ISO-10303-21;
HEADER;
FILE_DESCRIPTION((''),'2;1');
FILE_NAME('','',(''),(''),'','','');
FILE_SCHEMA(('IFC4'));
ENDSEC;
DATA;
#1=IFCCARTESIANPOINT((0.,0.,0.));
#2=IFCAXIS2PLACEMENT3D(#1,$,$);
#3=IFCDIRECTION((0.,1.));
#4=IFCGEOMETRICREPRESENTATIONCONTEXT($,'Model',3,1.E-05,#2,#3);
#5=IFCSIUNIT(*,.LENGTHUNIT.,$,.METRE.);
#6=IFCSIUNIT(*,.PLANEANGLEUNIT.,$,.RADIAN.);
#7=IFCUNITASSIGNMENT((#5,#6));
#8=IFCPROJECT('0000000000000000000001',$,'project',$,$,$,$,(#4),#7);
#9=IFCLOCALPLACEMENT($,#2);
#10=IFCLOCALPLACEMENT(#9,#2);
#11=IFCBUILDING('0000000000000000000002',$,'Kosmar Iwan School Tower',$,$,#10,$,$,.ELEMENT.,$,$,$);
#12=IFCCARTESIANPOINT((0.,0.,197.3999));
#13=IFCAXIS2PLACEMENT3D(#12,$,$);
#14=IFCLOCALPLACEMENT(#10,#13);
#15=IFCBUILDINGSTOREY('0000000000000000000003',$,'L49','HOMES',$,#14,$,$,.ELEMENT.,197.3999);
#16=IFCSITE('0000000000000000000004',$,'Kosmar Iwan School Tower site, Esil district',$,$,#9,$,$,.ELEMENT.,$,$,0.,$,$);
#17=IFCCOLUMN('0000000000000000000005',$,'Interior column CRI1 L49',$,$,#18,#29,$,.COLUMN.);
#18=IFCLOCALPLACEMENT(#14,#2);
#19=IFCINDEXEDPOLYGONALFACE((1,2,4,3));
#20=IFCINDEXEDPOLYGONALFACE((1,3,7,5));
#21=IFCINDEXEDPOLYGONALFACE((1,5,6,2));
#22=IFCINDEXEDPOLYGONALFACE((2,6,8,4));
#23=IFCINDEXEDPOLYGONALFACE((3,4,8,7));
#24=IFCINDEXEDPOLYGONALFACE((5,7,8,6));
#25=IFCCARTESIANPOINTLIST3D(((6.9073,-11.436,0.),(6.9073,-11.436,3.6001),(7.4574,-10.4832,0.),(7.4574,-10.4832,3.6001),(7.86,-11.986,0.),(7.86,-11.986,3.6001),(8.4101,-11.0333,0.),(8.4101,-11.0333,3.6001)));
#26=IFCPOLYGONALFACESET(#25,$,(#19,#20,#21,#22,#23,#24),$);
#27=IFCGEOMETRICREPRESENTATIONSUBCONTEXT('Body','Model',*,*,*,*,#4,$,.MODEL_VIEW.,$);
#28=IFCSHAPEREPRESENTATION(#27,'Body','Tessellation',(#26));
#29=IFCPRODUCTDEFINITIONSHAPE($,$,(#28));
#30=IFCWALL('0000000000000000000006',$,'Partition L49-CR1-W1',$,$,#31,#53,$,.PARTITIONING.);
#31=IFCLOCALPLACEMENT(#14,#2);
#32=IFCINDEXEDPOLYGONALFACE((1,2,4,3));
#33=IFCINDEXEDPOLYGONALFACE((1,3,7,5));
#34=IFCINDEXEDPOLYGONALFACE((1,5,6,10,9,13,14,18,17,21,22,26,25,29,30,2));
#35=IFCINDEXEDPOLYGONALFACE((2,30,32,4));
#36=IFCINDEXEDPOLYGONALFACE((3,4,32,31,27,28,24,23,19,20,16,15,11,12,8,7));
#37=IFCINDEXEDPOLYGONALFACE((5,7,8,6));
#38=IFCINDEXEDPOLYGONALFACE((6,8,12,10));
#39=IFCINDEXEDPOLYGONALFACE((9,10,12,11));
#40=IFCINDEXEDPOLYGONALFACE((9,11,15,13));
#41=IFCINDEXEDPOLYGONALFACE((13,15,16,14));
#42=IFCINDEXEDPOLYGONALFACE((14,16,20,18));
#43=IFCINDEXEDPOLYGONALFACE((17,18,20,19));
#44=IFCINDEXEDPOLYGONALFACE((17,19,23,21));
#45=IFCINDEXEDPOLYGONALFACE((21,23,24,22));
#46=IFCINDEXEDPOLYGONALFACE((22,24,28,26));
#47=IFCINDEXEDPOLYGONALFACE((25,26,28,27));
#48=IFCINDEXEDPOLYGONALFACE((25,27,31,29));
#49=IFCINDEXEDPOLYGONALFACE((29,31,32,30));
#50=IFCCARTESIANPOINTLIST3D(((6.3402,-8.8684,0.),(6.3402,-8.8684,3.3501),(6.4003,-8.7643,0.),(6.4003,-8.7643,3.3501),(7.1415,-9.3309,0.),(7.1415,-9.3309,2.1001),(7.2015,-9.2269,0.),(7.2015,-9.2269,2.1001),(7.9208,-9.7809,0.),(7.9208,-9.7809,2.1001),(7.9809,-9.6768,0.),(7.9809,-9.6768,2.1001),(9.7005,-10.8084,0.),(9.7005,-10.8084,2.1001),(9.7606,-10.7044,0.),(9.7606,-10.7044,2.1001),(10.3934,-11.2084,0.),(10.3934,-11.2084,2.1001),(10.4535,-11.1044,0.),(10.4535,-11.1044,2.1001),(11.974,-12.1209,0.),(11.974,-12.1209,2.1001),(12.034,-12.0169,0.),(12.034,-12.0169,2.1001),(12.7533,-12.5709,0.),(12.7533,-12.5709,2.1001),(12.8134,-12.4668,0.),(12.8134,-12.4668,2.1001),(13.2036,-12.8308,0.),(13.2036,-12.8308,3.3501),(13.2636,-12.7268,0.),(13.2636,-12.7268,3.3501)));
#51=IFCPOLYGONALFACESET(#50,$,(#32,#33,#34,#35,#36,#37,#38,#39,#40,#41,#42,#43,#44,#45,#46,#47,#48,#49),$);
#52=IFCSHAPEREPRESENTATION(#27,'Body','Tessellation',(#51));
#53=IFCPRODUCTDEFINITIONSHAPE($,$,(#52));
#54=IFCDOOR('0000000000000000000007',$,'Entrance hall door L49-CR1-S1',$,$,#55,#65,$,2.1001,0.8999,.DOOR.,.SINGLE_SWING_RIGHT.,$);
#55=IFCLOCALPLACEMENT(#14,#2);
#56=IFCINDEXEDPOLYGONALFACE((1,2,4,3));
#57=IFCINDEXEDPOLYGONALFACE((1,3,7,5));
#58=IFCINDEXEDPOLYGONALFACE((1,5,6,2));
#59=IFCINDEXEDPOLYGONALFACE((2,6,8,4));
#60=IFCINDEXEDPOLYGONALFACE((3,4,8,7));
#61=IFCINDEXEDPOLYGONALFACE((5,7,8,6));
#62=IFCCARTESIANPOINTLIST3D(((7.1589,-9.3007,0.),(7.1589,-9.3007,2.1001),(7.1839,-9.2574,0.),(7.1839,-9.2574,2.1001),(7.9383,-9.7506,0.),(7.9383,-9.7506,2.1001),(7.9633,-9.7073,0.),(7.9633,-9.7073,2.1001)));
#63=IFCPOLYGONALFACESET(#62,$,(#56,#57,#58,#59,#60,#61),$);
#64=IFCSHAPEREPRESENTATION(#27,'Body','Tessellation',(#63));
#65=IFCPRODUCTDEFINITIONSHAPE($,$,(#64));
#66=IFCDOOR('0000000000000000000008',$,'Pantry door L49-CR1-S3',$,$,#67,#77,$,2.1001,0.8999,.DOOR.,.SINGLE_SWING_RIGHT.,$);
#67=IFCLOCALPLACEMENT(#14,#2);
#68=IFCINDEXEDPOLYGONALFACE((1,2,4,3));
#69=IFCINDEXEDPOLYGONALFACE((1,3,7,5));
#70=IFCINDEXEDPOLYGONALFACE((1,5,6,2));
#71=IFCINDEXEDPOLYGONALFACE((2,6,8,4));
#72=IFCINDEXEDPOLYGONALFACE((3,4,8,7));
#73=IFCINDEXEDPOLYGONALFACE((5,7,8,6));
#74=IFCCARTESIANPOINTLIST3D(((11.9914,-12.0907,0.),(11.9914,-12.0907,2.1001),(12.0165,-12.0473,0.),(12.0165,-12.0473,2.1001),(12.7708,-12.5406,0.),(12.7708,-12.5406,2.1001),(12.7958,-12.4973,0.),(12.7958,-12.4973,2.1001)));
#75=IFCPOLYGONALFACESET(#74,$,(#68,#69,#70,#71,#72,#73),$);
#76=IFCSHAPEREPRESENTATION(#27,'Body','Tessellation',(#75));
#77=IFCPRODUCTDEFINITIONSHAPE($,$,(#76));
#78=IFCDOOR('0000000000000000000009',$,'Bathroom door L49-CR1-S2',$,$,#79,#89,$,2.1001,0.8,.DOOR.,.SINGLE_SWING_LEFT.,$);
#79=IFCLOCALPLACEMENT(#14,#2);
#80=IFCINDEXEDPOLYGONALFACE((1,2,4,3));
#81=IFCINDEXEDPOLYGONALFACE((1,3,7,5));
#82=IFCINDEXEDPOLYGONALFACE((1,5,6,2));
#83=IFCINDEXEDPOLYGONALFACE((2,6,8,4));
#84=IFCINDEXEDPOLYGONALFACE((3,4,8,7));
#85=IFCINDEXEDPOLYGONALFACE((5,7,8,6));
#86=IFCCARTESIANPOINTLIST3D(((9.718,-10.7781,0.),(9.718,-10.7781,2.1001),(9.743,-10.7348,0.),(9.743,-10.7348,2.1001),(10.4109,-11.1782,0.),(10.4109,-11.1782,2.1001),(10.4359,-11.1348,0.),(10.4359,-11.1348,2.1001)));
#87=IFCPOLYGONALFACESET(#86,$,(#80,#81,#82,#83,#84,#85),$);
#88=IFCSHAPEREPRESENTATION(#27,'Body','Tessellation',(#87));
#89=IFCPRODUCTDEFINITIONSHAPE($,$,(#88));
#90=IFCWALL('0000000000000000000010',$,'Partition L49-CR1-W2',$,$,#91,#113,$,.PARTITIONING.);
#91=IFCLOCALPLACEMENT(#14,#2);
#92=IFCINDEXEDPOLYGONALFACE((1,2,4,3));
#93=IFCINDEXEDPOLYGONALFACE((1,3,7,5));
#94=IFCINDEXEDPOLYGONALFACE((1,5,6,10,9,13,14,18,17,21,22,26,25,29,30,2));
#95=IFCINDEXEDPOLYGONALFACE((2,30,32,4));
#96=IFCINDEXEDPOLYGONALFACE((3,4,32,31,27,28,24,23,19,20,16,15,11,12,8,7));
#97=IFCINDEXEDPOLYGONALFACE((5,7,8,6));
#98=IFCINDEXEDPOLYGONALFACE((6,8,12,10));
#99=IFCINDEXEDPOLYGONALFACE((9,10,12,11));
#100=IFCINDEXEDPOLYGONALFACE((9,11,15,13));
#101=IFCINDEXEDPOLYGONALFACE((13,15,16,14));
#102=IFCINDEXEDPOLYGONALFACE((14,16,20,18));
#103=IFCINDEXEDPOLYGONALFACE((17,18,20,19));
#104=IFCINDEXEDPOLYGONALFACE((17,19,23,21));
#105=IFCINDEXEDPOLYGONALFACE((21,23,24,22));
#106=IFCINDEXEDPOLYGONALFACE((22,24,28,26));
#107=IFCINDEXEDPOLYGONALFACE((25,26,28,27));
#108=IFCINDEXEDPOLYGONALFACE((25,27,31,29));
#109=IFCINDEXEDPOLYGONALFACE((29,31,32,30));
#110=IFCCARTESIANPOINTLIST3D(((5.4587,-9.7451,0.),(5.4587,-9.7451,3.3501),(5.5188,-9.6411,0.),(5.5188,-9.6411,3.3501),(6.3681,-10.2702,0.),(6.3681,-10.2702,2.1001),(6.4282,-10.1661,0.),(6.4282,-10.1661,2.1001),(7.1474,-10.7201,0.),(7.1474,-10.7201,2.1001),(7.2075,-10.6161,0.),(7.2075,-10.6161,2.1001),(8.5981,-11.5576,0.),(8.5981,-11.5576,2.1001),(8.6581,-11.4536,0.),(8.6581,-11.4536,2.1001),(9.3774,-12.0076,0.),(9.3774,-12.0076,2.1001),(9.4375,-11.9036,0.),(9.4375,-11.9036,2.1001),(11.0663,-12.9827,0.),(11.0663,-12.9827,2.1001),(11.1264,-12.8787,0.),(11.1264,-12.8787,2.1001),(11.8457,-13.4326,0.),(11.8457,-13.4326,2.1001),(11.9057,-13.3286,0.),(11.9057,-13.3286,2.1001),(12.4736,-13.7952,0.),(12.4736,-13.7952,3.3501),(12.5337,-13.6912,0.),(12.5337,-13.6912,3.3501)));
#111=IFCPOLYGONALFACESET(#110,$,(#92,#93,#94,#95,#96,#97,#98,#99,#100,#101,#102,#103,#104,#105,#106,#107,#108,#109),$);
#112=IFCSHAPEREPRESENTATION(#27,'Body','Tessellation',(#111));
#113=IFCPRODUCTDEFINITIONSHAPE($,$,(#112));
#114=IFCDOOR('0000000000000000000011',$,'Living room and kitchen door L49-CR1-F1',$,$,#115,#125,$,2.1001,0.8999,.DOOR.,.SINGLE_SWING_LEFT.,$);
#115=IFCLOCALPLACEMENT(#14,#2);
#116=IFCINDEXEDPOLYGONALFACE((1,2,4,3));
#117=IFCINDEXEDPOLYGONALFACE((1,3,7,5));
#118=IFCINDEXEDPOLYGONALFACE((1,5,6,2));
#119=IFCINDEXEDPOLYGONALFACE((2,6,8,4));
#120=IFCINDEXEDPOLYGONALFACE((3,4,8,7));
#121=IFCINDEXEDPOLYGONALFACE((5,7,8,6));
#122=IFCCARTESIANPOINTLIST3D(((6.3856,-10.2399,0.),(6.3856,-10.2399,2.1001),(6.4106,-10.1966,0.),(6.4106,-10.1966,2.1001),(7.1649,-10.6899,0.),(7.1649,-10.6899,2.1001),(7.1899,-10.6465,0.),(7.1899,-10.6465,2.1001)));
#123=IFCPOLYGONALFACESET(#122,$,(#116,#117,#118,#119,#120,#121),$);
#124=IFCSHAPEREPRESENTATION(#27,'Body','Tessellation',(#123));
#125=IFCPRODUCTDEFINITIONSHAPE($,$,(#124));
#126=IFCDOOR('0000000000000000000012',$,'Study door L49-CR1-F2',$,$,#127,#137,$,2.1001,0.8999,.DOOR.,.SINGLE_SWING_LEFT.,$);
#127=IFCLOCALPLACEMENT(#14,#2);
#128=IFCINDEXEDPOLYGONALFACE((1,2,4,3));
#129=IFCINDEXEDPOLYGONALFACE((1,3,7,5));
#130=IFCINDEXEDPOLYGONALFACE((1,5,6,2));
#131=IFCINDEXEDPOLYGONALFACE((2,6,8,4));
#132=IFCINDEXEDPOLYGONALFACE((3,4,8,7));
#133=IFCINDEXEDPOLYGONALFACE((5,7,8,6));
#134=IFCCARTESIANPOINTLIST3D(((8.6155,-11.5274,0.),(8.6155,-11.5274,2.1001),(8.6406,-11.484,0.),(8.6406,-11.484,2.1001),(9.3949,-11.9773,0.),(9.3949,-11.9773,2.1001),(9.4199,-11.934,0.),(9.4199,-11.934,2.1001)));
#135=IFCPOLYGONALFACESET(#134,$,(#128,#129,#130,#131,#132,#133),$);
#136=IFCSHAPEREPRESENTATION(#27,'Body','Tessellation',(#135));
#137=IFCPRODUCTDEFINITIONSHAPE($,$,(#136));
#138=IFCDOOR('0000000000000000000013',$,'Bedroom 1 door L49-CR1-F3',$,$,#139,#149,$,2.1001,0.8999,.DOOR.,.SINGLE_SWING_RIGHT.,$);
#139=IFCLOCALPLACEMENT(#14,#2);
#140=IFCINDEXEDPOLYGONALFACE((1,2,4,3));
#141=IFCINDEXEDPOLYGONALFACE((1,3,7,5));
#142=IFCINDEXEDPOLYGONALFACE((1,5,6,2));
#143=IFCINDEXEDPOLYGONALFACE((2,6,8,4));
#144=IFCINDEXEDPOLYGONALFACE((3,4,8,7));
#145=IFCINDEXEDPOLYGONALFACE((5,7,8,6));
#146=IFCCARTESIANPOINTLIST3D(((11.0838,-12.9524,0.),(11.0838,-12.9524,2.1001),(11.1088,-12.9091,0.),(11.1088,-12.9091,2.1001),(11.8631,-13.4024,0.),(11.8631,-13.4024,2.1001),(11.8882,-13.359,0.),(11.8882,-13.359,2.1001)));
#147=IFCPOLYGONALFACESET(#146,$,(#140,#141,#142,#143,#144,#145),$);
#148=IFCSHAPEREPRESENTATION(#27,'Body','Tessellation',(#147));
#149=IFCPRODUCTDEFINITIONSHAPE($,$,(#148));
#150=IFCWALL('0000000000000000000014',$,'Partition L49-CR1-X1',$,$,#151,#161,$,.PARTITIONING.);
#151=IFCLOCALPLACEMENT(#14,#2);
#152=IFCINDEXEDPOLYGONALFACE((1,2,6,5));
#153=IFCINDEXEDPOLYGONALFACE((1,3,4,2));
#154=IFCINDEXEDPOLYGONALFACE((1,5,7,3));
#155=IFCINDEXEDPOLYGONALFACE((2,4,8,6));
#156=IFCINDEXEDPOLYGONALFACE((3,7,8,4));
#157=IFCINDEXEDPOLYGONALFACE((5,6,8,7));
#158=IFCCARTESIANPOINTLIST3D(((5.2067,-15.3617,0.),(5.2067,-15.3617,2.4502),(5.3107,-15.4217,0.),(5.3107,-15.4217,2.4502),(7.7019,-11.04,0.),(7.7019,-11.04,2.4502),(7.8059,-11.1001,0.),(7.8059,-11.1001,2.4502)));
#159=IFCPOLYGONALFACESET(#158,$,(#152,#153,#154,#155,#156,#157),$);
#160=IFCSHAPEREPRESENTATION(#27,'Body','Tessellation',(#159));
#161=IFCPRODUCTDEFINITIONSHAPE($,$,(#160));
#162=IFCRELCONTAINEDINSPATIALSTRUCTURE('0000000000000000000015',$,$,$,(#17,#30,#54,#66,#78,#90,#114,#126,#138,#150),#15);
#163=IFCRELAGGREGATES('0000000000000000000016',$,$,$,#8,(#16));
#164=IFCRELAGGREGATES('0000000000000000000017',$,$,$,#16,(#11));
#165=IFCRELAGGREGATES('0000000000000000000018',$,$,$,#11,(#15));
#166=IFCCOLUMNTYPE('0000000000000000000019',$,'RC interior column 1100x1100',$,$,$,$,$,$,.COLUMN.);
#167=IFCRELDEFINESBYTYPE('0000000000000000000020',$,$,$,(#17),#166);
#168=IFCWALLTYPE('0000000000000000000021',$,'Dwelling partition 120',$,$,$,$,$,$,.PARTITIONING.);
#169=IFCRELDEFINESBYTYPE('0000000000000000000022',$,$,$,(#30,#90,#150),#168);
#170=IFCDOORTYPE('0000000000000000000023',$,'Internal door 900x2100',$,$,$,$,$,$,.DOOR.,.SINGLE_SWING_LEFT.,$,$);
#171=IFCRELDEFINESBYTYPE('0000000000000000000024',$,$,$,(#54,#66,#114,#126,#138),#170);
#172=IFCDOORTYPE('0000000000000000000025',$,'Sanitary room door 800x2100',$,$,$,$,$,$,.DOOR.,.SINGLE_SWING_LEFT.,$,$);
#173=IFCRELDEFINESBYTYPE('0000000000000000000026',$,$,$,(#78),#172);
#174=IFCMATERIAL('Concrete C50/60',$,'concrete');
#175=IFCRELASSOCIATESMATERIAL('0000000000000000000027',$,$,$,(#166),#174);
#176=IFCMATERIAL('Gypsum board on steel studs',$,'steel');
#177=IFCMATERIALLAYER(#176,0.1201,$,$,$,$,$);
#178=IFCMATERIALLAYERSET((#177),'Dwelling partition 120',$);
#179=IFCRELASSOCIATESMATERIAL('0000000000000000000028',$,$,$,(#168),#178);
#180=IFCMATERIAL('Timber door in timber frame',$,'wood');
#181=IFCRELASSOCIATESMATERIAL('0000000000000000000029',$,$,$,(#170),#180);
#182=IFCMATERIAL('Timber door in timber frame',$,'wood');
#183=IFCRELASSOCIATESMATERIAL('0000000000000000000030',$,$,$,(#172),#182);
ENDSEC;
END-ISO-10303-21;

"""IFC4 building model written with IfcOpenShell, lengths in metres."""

from ifc_helpers import new_model, si_unit, direction, frame, frame_2d, origin, origin_2d, place, context, subcontext, project, spatial, rectangle, extrude, material, layer, layer_set, material_profile, profile_set, type_object, element, fill, save


model = new_model("IFC4")

# Units and contexts
model_context = context("Model", 3, precision=1e-05, world=origin(), true_north=direction((0.0, 1.0)))
body_context = subcontext(model_context, "Body", "Model", "MODEL_VIEW")
ifc_project = project(units=[si_unit("LENGTHUNIT", "METRE"), si_unit("PLANEANGLEUNIT", "RADIAN")], contexts=[model_context])

# Site, building, storey
site_placement = place(None, origin())
site = spatial("IfcSite", under=ifc_project, at=site_placement, Name="Kosmar Iwan School Tower site, Esil district", CompositionType="ELEMENT", RefElevation=0.0)
building_placement = place(site_placement, origin())
building = spatial("IfcBuilding", under=site, at=building_placement, Name="Kosmar Iwan School Tower", CompositionType="ELEMENT")
storey_placement = place(building_placement, frame((0.0, 0.0, 197.3999)))
storey = spatial("IfcBuildingStorey", under=building, at=storey_placement, Name="L49", Description="HOMES", CompositionType="ELEMENT", Elevation=197.3999)

# Column
ifc_material_1 = material(Name="Concrete C50/60", Category="concrete")
ifc_material_profile = material_profile(ifc_material_1, rectangle(XDim=1.1001, YDim=1.1001, at=origin_2d()), Name="RC 1100x1100")
ifc_profile_set = profile_set([ifc_material_profile], Name="Concrete C50/60")
column_type = type_object("IfcColumnType", Name="RC interior column 1100x1100", PredefinedType="COLUMN", material=ifc_profile_set)
column_placement = place(storey_placement, frame((7.6587, -11.2346, 0.0), z_axis=(0.0, 0.0, 1.0), x_axis=(0.866025, -0.5, 0.0)))
element("IfcColumn", 1, at=column_placement, inside=storey, type_object=column_type, Name="Interior column CRI1 L49", PredefinedType="COLUMN", context=body_context, shape_type="SweptSolid", body=[
    extrude(rectangle(XDim=1.1001, YDim=1.1001, at=origin_2d()), origin(), (0.0, 0.0, 1.0), 3.6001),
])

# Walls, openings, doors
ifc_material_2 = material(Name="Gypsum board on steel studs", Category="steel")
ifc_layer = layer(ifc_material_2, 0.1201)
ifc_layer_set = layer_set([ifc_layer], Name="Dwelling partition 120")
wall_type = type_object("IfcWallType", Name="Dwelling partition 120", PredefinedType="PARTITIONING", material=ifc_layer_set)
wall_1_placement = place(storey_placement, frame((6.3704, -8.8164, 0.0), z_axis=(0.0, 0.0, 1.0), x_axis=(0.866032, -0.499989, 0.0)))
wall_1 = element("IfcWall", 2, at=wall_1_placement, inside=storey, type_object=wall_type, Name="Partition L49-CR1-W1", PredefinedType="PARTITIONING", context=body_context, shape_type="SweptSolid", body=[
    extrude(rectangle(XDim=7.925, YDim=0.1201, at=frame_2d((3.9624, 0.0))), origin(), (0.0, 0.0, 1.0), 3.3501),
])
opening_1_placement = place(wall_1_placement, frame((0.925, 0.0, 0.0)))
opening_1 = element("IfcOpeningElement", 3, at=opening_1_placement, cuts=wall_1, PredefinedType="OPENING", context=body_context, shape_type="SweptSolid", body=[
    extrude(rectangle(XDim=0.8999, YDim=2.1001, at=frame_2d((0.45, 1.05))), frame((0.0, 0.072, 0.0), z_axis=(0.0, -1.0, 0.0), x_axis=(1.0, 0.0, 0.0)), (0.0, 0.0, 1.0), 0.144),
])
opening_2_placement = place(wall_1_placement, frame((3.8801, 0.0, 0.0)))
opening_2 = element("IfcOpeningElement", 4, at=opening_2_placement, cuts=wall_1, PredefinedType="OPENING", context=body_context, shape_type="SweptSolid", body=[
    extrude(rectangle(XDim=0.8, YDim=2.1001, at=frame_2d((0.3999, 1.05))), frame((0.0, 0.072, 0.0), z_axis=(0.0, -1.0, 0.0), x_axis=(1.0, 0.0, 0.0)), (0.0, 0.0, 1.0), 0.144),
])
opening_3_placement = place(wall_1_placement, frame((6.5051, 0.0, 0.0)))
opening_3 = element("IfcOpeningElement", 5, at=opening_3_placement, cuts=wall_1, PredefinedType="OPENING", context=body_context, shape_type="SweptSolid", body=[
    extrude(rectangle(XDim=0.8999, YDim=2.1001, at=frame_2d((0.45, 1.05))), frame((0.0, 0.072, 0.0), z_axis=(0.0, -1.0, 0.0), x_axis=(1.0, 0.0, 0.0)), (0.0, 0.0, 1.0), 0.144),
])
ifc_material_3 = material(Name="Timber door in timber frame", Category="wood")
door_type_1 = type_object("IfcDoorType", Name="Internal door 900x2100", OperationType="SINGLE_SWING_LEFT", PredefinedType="DOOR", material=ifc_material_3)
door_1_placement = place(opening_1_placement, origin())
door_1 = element("IfcDoor", 6, at=door_1_placement, inside=storey, type_object=door_type_1, Name="Entrance hall door L49-CR1-S1", OperationType="SINGLE_SWING_RIGHT", OverallHeight=2.1001, OverallWidth=0.8999, PredefinedType="DOOR", context=body_context, shape_type="SweptSolid", body=[
    extrude(rectangle(XDim=0.8999, YDim=2.1001, at=frame_2d((0.45, 1.05))), frame((0.0, 0.0249, 0.0), z_axis=(0.0, -1.0, 0.0), x_axis=(1.0, 0.0, 0.0)), (0.0, 0.0, 1.0), 0.05),
])
fill(opening_1, door_1)
door_2_placement = place(opening_3_placement, origin())
door_2 = element("IfcDoor", 7, at=door_2_placement, inside=storey, type_object=door_type_1, Name="Pantry door L49-CR1-S3", OperationType="SINGLE_SWING_RIGHT", OverallHeight=2.1001, OverallWidth=0.8999, PredefinedType="DOOR", context=body_context, shape_type="SweptSolid", body=[
    extrude(rectangle(XDim=0.8999, YDim=2.1001, at=frame_2d((0.45, 1.05))), frame((0.0, 0.0249, 0.0), z_axis=(0.0, -1.0, 0.0), x_axis=(1.0, 0.0, 0.0)), (0.0, 0.0, 1.0), 0.05),
])
fill(opening_3, door_2)
ifc_material_4 = material(Name="Timber door in timber frame", Category="wood")
door_type_2 = type_object("IfcDoorType", Name="Sanitary room door 800x2100", OperationType="SINGLE_SWING_LEFT", PredefinedType="DOOR", material=ifc_material_4)
door_3_placement = place(opening_2_placement, origin())
door_3 = element("IfcDoor", 8, at=door_3_placement, inside=storey, type_object=door_type_2, Name="Bathroom door L49-CR1-S2", OperationType="SINGLE_SWING_LEFT", OverallHeight=2.1001, OverallWidth=0.8, PredefinedType="DOOR", context=body_context, shape_type="SweptSolid", body=[
    extrude(rectangle(XDim=0.8, YDim=2.1001, at=frame_2d((0.3999, 1.05))), frame((0.0, 0.0249, 0.0), z_axis=(0.0, -1.0, 0.0), x_axis=(1.0, 0.0, 0.0)), (0.0, 0.0, 1.0), 0.05),
])
fill(opening_2, door_3)
wall_2_placement = place(storey_placement, frame((5.4888, -9.6931, 0.0), z_axis=(0.0, 0.0, 1.0), x_axis=(0.866025, -0.5, 0.0)))
wall_2 = element("IfcWall", 9, at=wall_2_placement, inside=storey, type_object=wall_type, Name="Partition L49-CR1-W2", PredefinedType="PARTITIONING", context=body_context, shape_type="SweptSolid", body=[
    extrude(rectangle(XDim=8.1001, YDim=0.1201, at=frame_2d((4.05, 0.0))), origin(), (0.0, 0.0, 1.0), 3.3501),
])
opening_4_placement = place(wall_2_placement, frame((1.05, 0.0, 0.0)))
opening_4 = element("IfcOpeningElement", 10, at=opening_4_placement, cuts=wall_2, PredefinedType="OPENING", context=body_context, shape_type="SweptSolid", body=[
    extrude(rectangle(XDim=0.8999, YDim=2.1001, at=frame_2d((0.45, 1.05))), frame((0.0, 0.072, 0.0), z_axis=(0.0, -1.0, 0.0), x_axis=(1.0, 0.0, 0.0)), (0.0, 0.0, 1.0), 0.144),
])
opening_5_placement = place(wall_2_placement, frame((3.625, 0.0, 0.0)))
opening_5 = element("IfcOpeningElement", 11, at=opening_5_placement, cuts=wall_2, PredefinedType="OPENING", context=body_context, shape_type="SweptSolid", body=[
    extrude(rectangle(XDim=0.8999, YDim=2.1001, at=frame_2d((0.45, 1.05))), frame((0.0, 0.072, 0.0), z_axis=(0.0, -1.0, 0.0), x_axis=(1.0, 0.0, 0.0)), (0.0, 0.0, 1.0), 0.144),
])
opening_6_placement = place(wall_2_placement, frame((6.4751, 0.0, 0.0)))
opening_6 = element("IfcOpeningElement", 12, at=opening_6_placement, cuts=wall_2, PredefinedType="OPENING", context=body_context, shape_type="SweptSolid", body=[
    extrude(rectangle(XDim=0.8999, YDim=2.1001, at=frame_2d((0.45, 1.05))), frame((0.0, 0.072, 0.0), z_axis=(0.0, -1.0, 0.0), x_axis=(1.0, 0.0, 0.0)), (0.0, 0.0, 1.0), 0.144),
])
door_4_placement = place(opening_4_placement, origin())
door_4 = element("IfcDoor", 13, at=door_4_placement, inside=storey, type_object=door_type_1, Name="Living room and kitchen door L49-CR1-F1", OperationType="SINGLE_SWING_LEFT", OverallHeight=2.1001, OverallWidth=0.8999, PredefinedType="DOOR", context=body_context, shape_type="SweptSolid", body=[
    extrude(rectangle(XDim=0.8999, YDim=2.1001, at=frame_2d((0.45, 1.05))), frame((0.0, 0.0249, 0.0), z_axis=(0.0, -1.0, 0.0), x_axis=(1.0, 0.0, 0.0)), (0.0, 0.0, 1.0), 0.05),
])
fill(opening_4, door_4)
door_5_placement = place(opening_5_placement, origin())
door_5 = element("IfcDoor", 14, at=door_5_placement, inside=storey, type_object=door_type_1, Name="Study door L49-CR1-F2", OperationType="SINGLE_SWING_LEFT", OverallHeight=2.1001, OverallWidth=0.8999, PredefinedType="DOOR", context=body_context, shape_type="SweptSolid", body=[
    extrude(rectangle(XDim=0.8999, YDim=2.1001, at=frame_2d((0.45, 1.05))), frame((0.0, 0.0249, 0.0), z_axis=(0.0, -1.0, 0.0), x_axis=(1.0, 0.0, 0.0)), (0.0, 0.0, 1.0), 0.05),
])
fill(opening_5, door_5)
door_6_placement = place(opening_6_placement, origin())
door_6 = element("IfcDoor", 15, at=door_6_placement, inside=storey, type_object=door_type_1, Name="Bedroom 1 door L49-CR1-F3", OperationType="SINGLE_SWING_RIGHT", OverallHeight=2.1001, OverallWidth=0.8999, PredefinedType="DOOR", context=body_context, shape_type="SweptSolid", body=[
    extrude(rectangle(XDim=0.8999, YDim=2.1001, at=frame_2d((0.45, 1.05))), frame((0.0, 0.0249, 0.0), z_axis=(0.0, -1.0, 0.0), x_axis=(1.0, 0.0, 0.0)), (0.0, 0.0, 1.0), 0.05),
])
fill(opening_6, door_6)

# Wall
wall_3_placement = place(storey_placement, frame((7.7539, -11.0701, 0.0), z_axis=(0.0, 0.0, 1.0), x_axis=(-0.500012, -0.866019, 0.0)))
element("IfcWall", 16, at=wall_3_placement, inside=storey, type_object=wall_type, Name="Partition L49-CR1-X1", PredefinedType="PARTITIONING", context=body_context, shape_type="SweptSolid", body=[
    extrude(rectangle(XDim=4.9902, YDim=0.1201, at=frame_2d((2.4951, 0.0))), origin(), (0.0, 0.0, 1.0), 2.4502),
])

save(model, "model.ifc")
